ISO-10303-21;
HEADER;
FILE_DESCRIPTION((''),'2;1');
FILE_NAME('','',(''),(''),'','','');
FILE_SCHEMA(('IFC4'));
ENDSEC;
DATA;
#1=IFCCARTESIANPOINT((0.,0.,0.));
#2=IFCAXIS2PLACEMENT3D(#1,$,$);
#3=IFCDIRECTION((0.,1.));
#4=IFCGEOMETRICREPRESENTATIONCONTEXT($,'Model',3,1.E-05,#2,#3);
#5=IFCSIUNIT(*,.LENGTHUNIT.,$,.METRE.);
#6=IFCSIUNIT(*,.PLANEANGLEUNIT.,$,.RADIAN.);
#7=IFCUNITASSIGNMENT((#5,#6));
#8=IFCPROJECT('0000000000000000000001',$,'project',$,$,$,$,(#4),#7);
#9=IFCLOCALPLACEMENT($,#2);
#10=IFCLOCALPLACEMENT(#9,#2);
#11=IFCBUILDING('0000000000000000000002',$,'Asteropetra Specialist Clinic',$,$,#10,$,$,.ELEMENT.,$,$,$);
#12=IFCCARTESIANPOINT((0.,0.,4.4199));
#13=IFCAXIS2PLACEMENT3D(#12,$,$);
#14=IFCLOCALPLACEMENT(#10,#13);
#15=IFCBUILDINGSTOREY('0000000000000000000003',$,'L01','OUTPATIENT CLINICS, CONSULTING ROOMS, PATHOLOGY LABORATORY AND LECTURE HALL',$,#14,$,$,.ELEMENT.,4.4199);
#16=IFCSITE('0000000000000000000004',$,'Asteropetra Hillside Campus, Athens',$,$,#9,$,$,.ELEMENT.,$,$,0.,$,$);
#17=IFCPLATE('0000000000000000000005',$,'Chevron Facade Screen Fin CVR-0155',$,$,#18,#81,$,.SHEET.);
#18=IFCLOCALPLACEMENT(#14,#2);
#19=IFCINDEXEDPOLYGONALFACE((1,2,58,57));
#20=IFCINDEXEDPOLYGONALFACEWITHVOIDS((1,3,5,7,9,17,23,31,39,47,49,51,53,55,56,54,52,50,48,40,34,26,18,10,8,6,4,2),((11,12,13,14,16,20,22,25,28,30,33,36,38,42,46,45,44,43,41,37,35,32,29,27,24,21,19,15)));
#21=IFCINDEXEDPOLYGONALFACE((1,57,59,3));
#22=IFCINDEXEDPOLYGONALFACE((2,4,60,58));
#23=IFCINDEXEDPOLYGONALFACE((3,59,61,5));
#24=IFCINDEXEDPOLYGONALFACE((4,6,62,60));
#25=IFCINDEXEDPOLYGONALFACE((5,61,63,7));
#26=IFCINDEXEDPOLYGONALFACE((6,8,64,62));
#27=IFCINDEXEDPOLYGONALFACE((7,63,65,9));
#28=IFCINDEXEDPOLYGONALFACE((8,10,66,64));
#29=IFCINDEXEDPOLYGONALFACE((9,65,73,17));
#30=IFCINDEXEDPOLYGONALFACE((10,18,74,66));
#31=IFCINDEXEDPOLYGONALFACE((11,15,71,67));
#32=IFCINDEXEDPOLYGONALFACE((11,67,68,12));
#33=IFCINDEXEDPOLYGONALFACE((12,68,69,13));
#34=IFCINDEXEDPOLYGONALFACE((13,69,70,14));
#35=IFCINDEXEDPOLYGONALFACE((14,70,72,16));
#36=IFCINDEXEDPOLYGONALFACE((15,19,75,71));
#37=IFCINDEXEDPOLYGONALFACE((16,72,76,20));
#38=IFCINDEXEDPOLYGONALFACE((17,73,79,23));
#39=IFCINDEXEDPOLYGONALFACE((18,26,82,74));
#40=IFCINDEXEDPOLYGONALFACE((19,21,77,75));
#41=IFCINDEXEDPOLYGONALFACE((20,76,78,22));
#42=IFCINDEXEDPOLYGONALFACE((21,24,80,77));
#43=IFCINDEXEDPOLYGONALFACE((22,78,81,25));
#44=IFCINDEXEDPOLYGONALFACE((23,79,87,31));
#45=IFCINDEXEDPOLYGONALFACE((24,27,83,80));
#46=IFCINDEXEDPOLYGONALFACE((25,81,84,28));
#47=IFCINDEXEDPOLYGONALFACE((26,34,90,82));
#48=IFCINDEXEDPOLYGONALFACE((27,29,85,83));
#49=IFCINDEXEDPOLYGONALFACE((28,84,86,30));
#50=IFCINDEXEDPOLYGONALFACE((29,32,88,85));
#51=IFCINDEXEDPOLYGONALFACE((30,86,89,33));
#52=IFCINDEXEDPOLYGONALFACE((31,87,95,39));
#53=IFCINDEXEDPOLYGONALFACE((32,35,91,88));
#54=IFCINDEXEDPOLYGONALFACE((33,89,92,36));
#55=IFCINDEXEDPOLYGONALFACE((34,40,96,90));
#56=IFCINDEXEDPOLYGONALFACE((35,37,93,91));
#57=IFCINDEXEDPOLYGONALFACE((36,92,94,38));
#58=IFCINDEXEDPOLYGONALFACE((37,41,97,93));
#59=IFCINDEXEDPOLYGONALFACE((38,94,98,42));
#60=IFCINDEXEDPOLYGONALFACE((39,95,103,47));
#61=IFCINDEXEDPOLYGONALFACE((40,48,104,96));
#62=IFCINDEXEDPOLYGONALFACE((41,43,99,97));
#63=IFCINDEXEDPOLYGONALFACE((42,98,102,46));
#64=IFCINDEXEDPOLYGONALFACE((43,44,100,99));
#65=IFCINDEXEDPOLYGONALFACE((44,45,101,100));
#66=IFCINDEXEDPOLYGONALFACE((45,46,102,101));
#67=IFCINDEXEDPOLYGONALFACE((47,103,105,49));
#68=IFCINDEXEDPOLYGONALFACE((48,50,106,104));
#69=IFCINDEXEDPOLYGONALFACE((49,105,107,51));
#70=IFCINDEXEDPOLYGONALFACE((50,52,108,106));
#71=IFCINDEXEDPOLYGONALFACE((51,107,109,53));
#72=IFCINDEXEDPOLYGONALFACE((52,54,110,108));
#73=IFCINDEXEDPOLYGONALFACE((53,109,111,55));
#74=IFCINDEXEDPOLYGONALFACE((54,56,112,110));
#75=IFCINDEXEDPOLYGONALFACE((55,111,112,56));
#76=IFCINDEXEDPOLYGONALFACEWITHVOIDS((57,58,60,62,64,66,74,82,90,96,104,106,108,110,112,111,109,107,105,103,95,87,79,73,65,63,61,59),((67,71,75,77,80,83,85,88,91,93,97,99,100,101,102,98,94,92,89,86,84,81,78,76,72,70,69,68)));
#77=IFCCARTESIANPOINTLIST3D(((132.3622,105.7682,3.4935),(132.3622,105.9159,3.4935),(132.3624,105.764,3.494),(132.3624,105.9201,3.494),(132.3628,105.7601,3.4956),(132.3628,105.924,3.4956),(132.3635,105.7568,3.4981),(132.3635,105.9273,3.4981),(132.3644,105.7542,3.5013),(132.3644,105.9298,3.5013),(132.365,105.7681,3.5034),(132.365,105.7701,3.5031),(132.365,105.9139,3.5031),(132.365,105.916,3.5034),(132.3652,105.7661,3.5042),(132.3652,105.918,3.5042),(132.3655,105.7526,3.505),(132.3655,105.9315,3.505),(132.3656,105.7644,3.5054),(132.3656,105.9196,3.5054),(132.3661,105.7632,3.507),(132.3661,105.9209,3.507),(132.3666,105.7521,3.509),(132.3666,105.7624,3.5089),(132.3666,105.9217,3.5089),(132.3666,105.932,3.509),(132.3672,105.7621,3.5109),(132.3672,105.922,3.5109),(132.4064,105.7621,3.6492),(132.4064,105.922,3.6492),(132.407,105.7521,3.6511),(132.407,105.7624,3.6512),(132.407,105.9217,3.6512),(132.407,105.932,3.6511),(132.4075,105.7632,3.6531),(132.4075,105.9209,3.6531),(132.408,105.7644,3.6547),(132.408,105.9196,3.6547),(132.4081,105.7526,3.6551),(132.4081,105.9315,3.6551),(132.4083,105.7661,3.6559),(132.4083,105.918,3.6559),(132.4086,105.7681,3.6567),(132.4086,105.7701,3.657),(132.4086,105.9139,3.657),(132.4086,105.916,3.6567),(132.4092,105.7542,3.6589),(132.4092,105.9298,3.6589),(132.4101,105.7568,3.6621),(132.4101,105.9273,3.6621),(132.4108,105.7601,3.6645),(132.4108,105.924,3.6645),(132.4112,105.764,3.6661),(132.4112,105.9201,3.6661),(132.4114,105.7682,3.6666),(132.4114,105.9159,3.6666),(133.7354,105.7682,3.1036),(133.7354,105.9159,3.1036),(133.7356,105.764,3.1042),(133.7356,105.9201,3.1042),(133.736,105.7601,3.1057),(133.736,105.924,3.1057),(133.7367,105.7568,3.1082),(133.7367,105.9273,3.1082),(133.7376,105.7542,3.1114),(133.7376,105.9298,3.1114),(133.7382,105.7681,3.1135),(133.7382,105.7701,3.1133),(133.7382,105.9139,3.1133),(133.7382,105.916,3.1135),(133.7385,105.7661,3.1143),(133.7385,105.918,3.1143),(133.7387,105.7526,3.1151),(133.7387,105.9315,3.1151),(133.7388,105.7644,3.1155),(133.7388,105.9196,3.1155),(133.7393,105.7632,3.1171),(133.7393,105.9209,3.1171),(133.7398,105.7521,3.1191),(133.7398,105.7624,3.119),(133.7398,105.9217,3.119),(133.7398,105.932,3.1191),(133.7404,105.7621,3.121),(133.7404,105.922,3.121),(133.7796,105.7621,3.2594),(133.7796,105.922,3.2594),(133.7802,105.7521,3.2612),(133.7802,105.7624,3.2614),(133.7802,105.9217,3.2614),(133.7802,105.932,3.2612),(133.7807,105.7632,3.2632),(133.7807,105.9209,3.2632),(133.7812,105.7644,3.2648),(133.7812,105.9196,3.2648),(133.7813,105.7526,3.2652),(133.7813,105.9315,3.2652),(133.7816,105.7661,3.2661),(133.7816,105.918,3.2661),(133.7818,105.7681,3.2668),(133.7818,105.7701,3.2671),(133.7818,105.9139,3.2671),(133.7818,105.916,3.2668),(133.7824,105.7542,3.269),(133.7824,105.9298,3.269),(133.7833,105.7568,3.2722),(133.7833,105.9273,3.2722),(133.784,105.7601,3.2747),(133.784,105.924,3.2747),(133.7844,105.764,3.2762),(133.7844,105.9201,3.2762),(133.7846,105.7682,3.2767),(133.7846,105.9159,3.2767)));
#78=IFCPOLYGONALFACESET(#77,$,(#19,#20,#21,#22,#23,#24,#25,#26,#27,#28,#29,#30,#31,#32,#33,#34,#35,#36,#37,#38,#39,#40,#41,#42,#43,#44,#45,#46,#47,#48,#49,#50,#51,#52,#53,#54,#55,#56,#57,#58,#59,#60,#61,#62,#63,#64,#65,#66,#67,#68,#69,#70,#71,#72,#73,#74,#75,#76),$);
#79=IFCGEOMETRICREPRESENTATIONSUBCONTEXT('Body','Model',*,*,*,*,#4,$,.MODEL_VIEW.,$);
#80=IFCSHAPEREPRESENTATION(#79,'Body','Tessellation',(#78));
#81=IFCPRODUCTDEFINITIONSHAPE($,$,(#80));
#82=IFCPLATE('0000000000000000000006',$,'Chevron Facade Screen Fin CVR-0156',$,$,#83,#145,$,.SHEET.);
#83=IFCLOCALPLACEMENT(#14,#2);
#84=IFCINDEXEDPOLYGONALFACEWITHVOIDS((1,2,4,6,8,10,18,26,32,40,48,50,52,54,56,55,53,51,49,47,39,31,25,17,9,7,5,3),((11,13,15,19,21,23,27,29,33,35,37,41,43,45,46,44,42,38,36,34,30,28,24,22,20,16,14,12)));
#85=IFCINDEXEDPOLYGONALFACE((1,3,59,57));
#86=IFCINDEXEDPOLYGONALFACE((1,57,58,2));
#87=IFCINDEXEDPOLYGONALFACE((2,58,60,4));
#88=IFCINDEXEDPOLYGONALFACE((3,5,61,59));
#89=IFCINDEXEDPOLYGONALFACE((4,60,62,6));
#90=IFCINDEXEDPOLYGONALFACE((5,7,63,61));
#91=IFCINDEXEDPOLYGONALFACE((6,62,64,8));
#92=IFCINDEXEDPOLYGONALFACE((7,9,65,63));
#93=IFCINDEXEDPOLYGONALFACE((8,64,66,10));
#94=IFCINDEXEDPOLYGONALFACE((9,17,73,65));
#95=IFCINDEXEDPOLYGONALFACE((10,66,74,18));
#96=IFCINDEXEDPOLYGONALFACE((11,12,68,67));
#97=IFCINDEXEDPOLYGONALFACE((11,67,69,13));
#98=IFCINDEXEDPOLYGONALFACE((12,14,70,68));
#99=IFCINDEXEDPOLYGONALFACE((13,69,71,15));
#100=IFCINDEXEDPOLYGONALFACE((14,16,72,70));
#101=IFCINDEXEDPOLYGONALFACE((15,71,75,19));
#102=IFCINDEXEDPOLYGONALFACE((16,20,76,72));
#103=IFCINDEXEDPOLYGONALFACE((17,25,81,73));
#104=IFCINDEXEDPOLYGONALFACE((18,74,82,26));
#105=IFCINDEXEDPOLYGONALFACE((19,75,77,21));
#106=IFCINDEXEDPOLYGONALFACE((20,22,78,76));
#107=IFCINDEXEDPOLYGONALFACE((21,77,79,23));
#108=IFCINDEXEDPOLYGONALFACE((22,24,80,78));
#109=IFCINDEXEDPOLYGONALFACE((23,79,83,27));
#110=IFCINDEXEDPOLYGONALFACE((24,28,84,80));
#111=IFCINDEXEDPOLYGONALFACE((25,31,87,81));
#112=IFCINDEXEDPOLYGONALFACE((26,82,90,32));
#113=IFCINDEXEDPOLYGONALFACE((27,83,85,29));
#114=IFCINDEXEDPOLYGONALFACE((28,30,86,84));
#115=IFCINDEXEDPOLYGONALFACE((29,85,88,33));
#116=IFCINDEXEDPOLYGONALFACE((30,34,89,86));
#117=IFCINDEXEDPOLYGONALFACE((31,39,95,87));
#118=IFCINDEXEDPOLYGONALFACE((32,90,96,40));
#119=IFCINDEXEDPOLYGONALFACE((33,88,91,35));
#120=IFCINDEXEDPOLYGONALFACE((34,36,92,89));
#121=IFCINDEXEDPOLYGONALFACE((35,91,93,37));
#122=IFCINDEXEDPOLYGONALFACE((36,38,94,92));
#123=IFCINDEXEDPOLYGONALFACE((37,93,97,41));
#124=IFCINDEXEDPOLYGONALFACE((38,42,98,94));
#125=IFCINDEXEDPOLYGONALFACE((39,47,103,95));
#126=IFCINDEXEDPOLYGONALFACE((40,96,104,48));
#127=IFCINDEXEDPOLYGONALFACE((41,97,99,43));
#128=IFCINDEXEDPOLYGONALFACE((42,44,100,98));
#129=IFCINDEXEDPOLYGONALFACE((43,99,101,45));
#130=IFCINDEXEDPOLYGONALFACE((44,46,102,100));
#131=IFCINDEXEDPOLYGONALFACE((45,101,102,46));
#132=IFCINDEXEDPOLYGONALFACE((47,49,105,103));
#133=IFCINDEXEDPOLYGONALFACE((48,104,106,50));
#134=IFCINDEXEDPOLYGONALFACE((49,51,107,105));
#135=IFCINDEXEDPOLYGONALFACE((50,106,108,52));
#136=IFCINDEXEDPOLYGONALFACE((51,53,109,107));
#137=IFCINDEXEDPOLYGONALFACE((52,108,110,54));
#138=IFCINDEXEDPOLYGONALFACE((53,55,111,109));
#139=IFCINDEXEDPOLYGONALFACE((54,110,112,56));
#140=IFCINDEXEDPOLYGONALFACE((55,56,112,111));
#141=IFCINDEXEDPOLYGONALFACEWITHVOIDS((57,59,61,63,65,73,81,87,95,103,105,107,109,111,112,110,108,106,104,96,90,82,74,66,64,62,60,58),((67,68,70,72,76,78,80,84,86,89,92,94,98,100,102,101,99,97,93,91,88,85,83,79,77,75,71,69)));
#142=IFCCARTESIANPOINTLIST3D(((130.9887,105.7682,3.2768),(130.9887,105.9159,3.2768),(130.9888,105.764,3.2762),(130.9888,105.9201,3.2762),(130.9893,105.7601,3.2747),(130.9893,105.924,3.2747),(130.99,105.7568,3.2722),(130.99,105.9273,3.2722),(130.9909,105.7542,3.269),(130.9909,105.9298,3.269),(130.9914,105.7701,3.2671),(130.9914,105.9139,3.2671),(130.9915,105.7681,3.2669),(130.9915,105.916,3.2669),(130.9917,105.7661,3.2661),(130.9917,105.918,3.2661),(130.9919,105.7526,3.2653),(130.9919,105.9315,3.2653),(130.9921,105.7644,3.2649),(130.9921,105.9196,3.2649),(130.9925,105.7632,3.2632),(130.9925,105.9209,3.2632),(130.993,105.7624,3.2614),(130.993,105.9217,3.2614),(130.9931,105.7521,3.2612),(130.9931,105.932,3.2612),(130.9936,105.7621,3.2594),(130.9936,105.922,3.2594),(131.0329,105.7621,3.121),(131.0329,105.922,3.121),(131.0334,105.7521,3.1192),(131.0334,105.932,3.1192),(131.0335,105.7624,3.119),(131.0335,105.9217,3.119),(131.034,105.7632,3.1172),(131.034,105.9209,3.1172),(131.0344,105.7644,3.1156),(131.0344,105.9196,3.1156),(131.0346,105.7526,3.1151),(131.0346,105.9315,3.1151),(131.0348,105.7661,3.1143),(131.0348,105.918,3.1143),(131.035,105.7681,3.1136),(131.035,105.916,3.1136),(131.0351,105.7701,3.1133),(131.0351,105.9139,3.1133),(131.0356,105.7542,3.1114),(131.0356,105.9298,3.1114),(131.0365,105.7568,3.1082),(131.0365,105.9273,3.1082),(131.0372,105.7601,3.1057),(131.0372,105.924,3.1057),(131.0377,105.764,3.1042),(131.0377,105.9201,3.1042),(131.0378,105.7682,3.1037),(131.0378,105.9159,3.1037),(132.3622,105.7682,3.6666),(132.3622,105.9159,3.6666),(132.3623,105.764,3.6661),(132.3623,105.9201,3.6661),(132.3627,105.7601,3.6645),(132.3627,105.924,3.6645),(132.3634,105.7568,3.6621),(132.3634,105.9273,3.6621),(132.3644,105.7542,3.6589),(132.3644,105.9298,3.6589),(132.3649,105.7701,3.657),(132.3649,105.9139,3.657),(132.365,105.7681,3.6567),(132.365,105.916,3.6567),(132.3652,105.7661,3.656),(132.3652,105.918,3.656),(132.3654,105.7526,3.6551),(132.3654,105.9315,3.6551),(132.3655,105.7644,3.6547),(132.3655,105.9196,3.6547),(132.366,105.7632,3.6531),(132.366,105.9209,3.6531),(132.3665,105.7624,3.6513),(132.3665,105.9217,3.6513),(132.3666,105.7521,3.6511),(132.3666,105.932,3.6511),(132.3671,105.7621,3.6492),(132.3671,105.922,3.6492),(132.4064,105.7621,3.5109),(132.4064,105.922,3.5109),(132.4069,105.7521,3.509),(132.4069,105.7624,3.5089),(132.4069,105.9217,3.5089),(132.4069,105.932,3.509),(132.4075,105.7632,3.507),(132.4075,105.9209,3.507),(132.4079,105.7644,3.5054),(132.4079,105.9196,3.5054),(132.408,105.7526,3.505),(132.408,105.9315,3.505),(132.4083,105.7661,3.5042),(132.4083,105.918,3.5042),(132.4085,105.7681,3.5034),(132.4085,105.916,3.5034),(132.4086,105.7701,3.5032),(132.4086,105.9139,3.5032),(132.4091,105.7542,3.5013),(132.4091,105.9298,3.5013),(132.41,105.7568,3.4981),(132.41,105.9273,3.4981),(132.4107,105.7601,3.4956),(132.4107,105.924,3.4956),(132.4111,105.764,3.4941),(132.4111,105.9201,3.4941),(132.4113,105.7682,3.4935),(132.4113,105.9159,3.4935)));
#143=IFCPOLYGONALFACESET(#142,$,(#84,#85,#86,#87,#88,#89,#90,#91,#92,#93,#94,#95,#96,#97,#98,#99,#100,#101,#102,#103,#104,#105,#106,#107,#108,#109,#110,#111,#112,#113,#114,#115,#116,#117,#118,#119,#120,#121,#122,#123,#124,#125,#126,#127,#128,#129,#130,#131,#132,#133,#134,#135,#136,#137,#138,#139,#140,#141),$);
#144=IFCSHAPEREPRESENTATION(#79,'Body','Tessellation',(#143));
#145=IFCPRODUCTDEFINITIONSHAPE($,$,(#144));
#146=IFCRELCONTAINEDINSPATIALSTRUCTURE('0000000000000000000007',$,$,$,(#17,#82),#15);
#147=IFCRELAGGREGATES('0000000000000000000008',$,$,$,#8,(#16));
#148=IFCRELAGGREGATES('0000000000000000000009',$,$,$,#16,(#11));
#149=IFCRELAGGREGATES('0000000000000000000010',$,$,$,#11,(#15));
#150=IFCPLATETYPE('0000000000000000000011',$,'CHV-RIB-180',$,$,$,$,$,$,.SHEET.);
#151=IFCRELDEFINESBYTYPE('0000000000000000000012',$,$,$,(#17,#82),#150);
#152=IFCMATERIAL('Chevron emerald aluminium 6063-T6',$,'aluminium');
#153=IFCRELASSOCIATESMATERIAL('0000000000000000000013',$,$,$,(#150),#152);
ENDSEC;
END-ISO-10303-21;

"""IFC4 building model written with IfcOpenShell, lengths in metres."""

from ifc_helpers import new_model, si_unit, direction, frame, origin, origin_2d, place, context, subcontext, project, spatial, hollow_rectangle, extrude, material, material_profile, profile_set, type_object, element, save


model = new_model("IFC4")

# Units and contexts
model_context = context("Model", 3, precision=1e-05, world=origin(), true_north=direction((0.0, 1.0)))
body_context = subcontext(model_context, "Body", "Model", "MODEL_VIEW")
ifc_project = project(units=[si_unit("LENGTHUNIT", "METRE"), si_unit("PLANEANGLEUNIT", "RADIAN")], contexts=[model_context])

# Site, building, storey
site_placement = place(None, origin())
site = spatial("IfcSite", under=ifc_project, at=site_placement, Name="Asteropetra Hillside Campus, Athens", CompositionType="ELEMENT", RefElevation=0.0)
building_placement = place(site_placement, origin())
building = spatial("IfcBuilding", under=site, at=building_placement, Name="Asteropetra Specialist Clinic", CompositionType="ELEMENT")
storey_placement = place(building_placement, frame((0.0, 0.0, 4.4199)))
storey = spatial("IfcBuildingStorey", under=building, at=storey_placement, Name="L01", Description="OUTPATIENT CLINICS, CONSULTING ROOMS, PATHOLOGY LABORATORY AND LECTURE HALL", CompositionType="ELEMENT", Elevation=4.4199)

# Plates
ifc_material_1 = material(Name="Chevron emerald aluminium 6063-T6", Category="aluminium")
ifc_material_profile_1 = material_profile(ifc_material_1, hollow_rectangle(XDim=0.1799, YDim=0.1799, WallThickness=0.01, InnerFilletRadius=0.0081, OuterFilletRadius=0.0161, at=origin_2d()), Name="SHS 180x180x10.0")
ifc_profile_set_1 = profile_set([ifc_material_profile_1], Name="Chevron emerald aluminium 6063-T6")
plate_type = type_object("IfcPlateType", Name="CHV-RIB-180", PredefinedType="SHEET", material=ifc_profile_set_1)
plate_1_placement = place(storey_placement, frame((133.76, 105.842, 3.1902), z_axis=(-0.961981, 0.0, 0.273117), x_axis=(0.0, -1.0, 0.0)))
element("IfcPlate", 1, at=plate_1_placement, inside=storey, type_object=plate_type, Name="Chevron Facade Screen Fin CVR-0155", PredefinedType="SHEET", context=body_context, shape_type="SweptSolid", body=[
    extrude(hollow_rectangle(XDim=0.1799, YDim=0.1799, WallThickness=0.01, InnerFilletRadius=0.0081, OuterFilletRadius=0.0161, at=origin_2d()), origin(), (0.0, 0.0, 1.0), 1.4275),
])
plate_2_placement = place(storey_placement, frame((132.3867, 105.842, 3.5801), z_axis=(-0.961994, 0.0, -0.273072), x_axis=(0.0, -1.0, 0.0)))
element("IfcPlate", 2, at=plate_2_placement, inside=storey, type_object=plate_type, Name="Chevron Facade Screen Fin CVR-0156", PredefinedType="SHEET", context=body_context, shape_type="SweptSolid", body=[
    extrude(hollow_rectangle(XDim=0.1799, YDim=0.1799, WallThickness=0.01, InnerFilletRadius=0.0081, OuterFilletRadius=0.0161, at=origin_2d()), origin(), (0.0, 0.0, 1.0), 1.4277),
])

save(model, "model.ifc")
